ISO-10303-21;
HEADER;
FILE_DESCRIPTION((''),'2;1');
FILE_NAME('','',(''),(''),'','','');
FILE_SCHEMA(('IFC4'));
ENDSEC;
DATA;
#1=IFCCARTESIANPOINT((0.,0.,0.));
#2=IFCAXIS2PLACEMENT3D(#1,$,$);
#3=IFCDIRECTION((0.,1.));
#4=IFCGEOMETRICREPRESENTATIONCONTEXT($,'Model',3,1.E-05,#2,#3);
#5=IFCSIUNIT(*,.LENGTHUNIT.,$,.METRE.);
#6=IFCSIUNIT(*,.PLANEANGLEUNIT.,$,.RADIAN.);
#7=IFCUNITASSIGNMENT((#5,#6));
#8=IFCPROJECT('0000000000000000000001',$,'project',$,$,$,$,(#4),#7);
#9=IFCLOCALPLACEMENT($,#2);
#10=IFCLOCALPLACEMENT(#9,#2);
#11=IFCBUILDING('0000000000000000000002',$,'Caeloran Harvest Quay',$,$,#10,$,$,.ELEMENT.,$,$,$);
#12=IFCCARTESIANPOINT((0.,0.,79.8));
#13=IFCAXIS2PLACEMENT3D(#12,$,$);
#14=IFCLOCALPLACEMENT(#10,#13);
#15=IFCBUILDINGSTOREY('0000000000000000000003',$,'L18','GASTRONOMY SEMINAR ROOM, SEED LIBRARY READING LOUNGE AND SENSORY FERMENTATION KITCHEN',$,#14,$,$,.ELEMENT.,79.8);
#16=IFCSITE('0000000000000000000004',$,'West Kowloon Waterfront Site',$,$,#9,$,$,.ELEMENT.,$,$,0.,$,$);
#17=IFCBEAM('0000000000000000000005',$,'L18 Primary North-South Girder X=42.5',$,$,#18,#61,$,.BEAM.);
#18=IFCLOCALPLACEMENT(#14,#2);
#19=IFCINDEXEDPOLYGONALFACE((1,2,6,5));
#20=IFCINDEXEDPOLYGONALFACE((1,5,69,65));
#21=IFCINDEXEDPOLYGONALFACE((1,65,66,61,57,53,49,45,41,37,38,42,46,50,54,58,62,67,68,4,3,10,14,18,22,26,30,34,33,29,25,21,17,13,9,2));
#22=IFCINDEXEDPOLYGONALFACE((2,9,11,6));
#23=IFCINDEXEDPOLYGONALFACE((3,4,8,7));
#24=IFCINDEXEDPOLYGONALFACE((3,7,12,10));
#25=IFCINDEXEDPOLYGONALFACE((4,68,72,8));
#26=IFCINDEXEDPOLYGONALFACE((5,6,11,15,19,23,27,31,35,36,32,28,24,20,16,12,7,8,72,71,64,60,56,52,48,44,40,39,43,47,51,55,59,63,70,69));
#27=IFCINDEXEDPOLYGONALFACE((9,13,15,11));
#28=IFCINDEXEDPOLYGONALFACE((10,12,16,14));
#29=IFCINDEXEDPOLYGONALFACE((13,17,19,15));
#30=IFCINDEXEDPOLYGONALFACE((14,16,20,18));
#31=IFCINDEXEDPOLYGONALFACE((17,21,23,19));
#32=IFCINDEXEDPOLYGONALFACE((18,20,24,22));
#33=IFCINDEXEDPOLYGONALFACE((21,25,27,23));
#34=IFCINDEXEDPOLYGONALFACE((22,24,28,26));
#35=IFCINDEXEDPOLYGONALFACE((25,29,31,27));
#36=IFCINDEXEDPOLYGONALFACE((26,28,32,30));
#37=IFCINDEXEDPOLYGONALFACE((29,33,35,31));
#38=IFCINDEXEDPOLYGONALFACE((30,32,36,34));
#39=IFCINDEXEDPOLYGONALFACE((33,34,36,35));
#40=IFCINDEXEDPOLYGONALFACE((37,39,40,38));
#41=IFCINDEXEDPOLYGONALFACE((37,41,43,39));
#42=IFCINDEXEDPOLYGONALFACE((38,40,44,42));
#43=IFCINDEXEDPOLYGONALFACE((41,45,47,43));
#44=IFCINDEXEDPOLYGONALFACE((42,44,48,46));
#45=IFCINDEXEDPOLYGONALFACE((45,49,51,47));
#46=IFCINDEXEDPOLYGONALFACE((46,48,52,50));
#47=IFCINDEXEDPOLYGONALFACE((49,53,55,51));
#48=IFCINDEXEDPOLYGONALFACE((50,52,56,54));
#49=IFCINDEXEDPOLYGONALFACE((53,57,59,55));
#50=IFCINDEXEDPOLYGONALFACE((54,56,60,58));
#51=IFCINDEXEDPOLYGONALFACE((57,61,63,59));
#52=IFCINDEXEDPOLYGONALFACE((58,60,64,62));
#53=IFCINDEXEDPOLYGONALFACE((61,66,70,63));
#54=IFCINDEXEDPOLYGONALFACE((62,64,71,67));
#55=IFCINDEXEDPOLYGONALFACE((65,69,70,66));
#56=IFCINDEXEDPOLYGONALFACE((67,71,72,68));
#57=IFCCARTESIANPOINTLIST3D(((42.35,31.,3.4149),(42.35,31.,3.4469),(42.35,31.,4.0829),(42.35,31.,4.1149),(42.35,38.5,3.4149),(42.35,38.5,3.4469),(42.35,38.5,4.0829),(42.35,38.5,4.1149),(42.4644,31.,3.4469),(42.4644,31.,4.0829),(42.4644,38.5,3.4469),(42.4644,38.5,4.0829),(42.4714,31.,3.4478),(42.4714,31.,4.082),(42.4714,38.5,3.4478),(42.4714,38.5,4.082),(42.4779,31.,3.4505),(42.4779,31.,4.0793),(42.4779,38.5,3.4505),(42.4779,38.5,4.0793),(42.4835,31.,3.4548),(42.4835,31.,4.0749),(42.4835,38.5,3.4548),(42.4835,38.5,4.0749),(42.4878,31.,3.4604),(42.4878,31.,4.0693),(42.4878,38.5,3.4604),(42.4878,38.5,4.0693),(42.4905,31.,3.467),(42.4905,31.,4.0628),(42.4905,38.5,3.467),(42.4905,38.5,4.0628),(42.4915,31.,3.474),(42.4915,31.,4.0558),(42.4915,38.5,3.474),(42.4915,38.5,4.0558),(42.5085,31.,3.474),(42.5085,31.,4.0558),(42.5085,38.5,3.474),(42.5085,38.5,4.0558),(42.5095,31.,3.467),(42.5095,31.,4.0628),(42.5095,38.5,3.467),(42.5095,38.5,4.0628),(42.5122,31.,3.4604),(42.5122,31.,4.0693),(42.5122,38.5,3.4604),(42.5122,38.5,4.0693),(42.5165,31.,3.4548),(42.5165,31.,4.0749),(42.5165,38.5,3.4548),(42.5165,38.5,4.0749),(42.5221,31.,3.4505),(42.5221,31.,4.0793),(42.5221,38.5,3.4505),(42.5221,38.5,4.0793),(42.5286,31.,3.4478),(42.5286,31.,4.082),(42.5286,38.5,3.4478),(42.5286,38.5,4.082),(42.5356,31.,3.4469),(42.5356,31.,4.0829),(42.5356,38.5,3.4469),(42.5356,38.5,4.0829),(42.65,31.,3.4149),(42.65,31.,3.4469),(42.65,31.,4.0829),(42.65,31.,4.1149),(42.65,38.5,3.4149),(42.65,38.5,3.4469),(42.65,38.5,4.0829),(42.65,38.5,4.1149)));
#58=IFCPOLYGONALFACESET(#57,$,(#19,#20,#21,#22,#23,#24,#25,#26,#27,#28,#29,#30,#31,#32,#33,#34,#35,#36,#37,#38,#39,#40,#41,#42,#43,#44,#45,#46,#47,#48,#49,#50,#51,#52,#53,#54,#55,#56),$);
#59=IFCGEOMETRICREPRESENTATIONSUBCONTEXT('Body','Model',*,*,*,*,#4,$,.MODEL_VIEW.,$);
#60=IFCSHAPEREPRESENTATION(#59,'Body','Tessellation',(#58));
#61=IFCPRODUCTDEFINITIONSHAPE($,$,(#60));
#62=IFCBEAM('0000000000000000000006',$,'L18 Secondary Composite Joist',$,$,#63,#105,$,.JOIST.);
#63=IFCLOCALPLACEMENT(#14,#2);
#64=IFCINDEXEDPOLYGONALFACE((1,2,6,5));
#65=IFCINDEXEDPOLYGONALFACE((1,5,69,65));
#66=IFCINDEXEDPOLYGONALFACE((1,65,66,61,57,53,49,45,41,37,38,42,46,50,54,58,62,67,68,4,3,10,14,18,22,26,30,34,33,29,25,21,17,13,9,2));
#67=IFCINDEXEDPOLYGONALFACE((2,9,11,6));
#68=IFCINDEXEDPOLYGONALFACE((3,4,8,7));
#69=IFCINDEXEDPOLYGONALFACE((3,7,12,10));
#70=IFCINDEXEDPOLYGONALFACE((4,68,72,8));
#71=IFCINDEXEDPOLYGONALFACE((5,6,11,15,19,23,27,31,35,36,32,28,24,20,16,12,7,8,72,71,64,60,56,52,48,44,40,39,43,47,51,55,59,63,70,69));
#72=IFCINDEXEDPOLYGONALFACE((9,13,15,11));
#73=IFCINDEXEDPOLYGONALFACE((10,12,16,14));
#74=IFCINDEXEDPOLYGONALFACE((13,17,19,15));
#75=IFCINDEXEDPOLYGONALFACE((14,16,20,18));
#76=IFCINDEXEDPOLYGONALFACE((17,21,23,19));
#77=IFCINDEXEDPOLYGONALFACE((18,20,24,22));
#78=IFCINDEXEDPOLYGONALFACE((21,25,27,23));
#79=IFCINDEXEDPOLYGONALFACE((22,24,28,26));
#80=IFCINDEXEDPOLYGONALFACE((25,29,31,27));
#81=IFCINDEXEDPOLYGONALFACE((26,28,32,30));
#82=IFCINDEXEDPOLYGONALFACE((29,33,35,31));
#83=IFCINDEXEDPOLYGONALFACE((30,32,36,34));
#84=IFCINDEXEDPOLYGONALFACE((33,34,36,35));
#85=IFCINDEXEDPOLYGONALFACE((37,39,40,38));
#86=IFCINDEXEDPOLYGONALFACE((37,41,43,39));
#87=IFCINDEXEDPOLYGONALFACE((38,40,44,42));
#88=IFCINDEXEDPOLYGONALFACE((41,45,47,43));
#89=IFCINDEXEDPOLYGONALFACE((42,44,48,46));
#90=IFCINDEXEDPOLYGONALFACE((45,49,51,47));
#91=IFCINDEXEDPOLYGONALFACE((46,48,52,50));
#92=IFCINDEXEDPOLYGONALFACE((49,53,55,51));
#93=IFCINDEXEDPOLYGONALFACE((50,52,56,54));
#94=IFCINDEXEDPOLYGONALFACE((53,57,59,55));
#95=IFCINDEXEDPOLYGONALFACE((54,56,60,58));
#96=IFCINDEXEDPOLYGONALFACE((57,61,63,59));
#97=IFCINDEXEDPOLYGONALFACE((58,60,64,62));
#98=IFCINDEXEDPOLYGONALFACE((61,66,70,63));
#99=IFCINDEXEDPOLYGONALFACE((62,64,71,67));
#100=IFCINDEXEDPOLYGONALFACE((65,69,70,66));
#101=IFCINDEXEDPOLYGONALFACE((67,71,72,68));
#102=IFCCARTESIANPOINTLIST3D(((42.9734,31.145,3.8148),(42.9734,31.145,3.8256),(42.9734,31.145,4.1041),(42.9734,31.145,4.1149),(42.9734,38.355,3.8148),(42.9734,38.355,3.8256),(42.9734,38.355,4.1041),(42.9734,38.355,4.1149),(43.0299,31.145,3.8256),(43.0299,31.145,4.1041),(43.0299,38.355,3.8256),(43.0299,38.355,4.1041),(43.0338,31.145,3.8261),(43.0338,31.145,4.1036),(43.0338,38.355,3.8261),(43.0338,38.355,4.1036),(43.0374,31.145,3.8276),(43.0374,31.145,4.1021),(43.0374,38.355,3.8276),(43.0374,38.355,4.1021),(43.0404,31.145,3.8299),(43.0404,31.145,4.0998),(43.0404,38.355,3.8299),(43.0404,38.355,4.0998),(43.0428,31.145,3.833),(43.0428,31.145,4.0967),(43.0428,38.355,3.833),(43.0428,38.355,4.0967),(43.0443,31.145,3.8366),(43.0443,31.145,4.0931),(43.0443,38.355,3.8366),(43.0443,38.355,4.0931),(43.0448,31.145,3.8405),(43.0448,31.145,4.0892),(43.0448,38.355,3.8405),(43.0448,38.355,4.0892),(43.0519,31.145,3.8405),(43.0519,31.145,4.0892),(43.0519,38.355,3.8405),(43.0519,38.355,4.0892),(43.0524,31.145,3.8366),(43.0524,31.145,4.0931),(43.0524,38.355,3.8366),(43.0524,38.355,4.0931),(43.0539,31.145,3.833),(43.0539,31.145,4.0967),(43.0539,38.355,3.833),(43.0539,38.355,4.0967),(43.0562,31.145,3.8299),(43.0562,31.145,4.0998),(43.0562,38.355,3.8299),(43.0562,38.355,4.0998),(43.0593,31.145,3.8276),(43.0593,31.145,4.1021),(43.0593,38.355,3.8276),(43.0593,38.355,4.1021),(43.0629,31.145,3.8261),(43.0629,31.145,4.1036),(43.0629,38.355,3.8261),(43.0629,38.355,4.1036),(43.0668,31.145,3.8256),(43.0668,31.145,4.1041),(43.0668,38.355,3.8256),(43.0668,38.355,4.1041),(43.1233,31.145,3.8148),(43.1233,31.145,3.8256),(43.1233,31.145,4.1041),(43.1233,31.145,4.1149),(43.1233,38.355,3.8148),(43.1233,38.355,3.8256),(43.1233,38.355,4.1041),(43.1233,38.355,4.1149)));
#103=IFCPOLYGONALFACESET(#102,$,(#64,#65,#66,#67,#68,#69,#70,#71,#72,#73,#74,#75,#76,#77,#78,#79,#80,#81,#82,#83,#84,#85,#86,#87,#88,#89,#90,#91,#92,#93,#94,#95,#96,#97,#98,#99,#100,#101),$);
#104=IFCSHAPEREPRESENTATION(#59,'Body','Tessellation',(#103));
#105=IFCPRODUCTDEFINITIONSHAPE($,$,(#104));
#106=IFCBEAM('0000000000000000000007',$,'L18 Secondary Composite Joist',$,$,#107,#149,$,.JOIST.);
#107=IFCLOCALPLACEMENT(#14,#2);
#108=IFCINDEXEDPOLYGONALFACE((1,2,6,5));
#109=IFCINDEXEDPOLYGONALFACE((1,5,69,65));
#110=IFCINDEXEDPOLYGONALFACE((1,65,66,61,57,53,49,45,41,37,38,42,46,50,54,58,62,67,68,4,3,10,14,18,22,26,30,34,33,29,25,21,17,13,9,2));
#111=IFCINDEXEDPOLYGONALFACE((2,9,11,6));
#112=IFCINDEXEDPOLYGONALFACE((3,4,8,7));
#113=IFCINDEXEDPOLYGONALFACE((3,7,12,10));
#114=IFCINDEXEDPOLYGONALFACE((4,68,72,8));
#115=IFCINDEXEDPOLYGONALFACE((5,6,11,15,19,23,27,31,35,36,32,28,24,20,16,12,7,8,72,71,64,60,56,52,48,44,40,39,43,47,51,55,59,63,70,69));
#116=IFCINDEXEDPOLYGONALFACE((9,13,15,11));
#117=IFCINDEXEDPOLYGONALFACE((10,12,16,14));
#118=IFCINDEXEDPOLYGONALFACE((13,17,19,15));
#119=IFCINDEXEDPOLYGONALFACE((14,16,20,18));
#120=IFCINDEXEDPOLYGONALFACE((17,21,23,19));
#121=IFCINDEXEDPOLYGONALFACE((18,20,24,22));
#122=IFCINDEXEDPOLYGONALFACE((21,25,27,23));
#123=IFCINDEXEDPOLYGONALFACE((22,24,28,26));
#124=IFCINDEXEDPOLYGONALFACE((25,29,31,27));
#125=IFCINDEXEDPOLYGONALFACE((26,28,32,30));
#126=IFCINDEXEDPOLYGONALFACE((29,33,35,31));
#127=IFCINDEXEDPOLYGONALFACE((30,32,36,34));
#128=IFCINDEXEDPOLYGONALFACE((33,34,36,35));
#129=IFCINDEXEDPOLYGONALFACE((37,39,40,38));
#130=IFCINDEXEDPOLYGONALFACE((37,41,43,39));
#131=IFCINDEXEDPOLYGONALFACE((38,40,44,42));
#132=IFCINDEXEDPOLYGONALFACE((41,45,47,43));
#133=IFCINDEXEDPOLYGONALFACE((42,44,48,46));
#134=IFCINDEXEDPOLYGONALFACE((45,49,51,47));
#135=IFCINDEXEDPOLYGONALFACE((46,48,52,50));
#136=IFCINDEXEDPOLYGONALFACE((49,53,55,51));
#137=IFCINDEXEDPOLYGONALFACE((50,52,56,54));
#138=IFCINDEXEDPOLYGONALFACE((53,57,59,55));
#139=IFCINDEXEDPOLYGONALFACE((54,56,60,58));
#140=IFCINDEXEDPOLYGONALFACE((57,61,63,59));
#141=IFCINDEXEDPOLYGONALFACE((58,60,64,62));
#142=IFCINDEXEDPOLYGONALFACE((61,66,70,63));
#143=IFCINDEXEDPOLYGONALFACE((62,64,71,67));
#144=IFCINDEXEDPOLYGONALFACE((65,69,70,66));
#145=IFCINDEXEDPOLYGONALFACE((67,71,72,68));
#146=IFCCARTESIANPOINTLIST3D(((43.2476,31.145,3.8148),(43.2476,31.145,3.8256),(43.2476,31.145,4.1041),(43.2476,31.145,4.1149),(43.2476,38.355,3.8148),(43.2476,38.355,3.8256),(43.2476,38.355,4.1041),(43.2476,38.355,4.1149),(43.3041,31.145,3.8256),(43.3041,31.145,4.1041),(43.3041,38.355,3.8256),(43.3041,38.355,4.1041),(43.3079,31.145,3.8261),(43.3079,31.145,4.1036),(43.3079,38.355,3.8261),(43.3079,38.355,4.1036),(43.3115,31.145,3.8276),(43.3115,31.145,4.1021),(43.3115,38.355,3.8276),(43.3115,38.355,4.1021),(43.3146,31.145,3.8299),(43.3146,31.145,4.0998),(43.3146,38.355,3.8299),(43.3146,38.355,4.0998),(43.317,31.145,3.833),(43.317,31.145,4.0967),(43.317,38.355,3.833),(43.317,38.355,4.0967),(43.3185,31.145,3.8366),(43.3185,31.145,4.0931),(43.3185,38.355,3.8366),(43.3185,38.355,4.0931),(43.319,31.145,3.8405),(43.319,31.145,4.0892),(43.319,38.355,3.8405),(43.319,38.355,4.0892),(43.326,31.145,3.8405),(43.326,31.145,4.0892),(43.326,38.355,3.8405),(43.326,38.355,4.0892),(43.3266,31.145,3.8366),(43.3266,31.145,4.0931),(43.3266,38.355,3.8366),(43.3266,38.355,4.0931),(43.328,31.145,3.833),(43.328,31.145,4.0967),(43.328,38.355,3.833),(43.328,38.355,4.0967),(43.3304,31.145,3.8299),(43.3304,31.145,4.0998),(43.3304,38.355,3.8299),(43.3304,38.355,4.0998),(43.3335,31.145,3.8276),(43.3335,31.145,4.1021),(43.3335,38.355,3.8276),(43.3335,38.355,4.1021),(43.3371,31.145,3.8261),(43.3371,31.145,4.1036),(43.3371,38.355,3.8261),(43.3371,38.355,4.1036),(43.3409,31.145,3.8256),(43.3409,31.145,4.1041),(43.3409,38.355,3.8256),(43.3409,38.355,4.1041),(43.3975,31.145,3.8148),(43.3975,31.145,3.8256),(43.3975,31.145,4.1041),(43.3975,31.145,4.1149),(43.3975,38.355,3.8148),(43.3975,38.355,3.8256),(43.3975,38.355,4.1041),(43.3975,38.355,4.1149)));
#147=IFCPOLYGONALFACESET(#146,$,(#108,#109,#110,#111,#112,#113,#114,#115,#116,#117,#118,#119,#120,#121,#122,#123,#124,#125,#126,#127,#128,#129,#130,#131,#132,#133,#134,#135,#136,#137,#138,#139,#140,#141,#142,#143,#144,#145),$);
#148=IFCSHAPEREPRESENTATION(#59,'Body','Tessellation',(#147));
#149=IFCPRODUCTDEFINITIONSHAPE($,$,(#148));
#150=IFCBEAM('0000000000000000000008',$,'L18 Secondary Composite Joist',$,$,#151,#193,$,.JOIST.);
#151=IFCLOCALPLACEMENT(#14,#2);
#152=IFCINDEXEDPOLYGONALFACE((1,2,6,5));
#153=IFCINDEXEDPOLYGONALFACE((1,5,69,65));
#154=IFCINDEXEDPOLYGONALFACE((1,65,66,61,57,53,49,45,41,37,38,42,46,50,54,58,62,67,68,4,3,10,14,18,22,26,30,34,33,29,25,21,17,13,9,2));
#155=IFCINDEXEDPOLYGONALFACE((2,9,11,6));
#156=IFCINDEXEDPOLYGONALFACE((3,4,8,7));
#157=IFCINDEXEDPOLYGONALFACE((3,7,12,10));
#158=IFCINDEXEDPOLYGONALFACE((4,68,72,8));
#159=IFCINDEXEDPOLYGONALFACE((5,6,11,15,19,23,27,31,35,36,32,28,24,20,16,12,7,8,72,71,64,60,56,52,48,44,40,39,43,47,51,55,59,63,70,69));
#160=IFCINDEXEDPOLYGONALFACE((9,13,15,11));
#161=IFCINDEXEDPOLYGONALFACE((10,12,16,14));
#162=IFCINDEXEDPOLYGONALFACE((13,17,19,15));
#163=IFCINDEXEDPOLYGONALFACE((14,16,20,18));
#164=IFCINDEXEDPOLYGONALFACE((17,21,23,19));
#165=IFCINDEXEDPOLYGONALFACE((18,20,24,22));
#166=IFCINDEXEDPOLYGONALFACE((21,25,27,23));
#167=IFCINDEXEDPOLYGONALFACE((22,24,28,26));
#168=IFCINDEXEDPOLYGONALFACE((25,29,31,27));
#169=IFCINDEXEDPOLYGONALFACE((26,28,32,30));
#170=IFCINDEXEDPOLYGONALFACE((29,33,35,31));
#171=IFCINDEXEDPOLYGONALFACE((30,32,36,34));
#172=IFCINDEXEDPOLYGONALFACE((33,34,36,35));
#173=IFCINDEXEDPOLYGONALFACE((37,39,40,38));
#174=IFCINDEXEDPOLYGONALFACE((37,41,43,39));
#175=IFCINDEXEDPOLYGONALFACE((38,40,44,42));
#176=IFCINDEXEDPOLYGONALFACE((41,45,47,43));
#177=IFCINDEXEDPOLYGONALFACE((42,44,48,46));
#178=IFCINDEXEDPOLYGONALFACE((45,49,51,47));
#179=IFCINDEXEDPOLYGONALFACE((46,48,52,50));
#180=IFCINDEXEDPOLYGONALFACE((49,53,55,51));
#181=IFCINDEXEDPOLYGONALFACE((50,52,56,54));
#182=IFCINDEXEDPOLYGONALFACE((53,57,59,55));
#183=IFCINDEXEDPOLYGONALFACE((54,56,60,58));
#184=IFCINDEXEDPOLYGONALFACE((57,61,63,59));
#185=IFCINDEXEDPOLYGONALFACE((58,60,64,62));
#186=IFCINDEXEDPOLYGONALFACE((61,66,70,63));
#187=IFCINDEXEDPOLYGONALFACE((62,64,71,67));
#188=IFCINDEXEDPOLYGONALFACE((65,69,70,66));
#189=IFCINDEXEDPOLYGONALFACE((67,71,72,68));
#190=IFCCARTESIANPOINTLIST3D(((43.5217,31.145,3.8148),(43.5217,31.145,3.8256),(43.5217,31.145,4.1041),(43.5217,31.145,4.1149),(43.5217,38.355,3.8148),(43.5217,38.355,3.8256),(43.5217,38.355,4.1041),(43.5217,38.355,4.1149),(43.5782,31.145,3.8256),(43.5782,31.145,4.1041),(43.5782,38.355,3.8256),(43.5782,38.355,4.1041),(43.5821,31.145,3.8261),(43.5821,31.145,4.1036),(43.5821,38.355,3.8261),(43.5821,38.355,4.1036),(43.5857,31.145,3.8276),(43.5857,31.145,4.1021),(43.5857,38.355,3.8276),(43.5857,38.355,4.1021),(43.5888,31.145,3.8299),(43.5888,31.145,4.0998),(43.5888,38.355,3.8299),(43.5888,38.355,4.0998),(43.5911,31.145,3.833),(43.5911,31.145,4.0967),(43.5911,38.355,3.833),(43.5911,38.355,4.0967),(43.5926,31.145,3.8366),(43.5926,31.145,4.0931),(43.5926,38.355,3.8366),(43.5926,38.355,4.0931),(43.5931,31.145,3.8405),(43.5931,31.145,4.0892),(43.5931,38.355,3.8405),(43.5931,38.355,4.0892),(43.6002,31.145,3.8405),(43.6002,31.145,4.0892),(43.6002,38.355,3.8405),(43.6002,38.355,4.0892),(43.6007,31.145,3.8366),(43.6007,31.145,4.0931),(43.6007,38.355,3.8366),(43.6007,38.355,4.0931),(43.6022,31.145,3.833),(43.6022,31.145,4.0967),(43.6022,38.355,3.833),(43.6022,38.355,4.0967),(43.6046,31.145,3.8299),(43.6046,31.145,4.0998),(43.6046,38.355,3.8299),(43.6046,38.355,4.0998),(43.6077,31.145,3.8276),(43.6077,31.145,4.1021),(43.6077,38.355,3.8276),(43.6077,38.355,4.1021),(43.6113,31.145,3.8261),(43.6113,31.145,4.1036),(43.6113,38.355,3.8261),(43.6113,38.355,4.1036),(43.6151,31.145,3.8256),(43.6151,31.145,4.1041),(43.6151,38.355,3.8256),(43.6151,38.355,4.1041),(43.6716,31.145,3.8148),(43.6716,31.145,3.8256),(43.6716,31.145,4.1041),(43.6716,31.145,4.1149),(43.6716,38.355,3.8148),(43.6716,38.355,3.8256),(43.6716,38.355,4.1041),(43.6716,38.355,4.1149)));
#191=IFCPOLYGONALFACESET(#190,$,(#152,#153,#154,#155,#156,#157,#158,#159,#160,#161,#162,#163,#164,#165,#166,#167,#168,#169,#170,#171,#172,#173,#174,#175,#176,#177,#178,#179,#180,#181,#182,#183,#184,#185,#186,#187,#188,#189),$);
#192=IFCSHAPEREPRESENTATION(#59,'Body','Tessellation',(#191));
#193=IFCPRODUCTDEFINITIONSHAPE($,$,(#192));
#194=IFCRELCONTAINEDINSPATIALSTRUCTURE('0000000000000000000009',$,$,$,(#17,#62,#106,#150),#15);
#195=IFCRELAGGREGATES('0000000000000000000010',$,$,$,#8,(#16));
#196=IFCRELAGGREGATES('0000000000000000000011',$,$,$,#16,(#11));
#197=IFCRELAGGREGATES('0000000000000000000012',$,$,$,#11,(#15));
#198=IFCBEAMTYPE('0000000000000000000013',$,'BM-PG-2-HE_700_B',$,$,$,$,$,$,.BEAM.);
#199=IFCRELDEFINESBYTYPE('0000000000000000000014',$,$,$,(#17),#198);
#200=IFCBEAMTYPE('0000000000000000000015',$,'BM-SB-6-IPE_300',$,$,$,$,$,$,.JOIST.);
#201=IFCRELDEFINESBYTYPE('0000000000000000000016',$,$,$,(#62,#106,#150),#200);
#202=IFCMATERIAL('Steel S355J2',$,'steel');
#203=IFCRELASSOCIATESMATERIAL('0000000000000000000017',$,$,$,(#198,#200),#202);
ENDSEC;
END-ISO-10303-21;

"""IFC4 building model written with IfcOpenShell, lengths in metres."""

from ifc_helpers import new_model, si_unit, direction, frame, origin, origin_2d, place, context, subcontext, project, spatial, i_section, extrude, material, material_profile, profile_set, type_object, element, save


model = new_model("IFC4")

# Units and contexts
model_context = context("Model", 3, precision=1e-05, world=origin(), true_north=direction((0.0, 1.0)))
body_context = subcontext(model_context, "Body", "Model", "MODEL_VIEW")
ifc_project = project(units=[si_unit("LENGTHUNIT", "METRE"), si_unit("PLANEANGLEUNIT", "RADIAN")], contexts=[model_context])

# Site, building, storey
site_placement = place(None, origin())
site = spatial("IfcSite", under=ifc_project, at=site_placement, Name="West Kowloon Waterfront Site", CompositionType="ELEMENT", RefElevation=0.0)
building_placement = place(site_placement, origin())
building = spatial("IfcBuilding", under=site, at=building_placement, Name="Caeloran Harvest Quay", CompositionType="ELEMENT")
storey_placement = place(building_placement, frame((0.0, 0.0, 79.8)))
storey = spatial("IfcBuildingStorey", under=building, at=storey_placement, Name="L18", Description="GASTRONOMY SEMINAR ROOM, SEED LIBRARY READING LOUNGE AND SENSORY FERMENTATION KITCHEN", CompositionType="ELEMENT", Elevation=79.8)

# Beams
ifc_material_1 = material(Name="Steel S355J2", Category="steel")
ifc_material_profile_1 = material_profile(ifc_material_1, i_section(OverallWidth=0.3, OverallDepth=0.7, WebThickness=0.0171, FlangeThickness=0.032, FilletRadius=0.0271, at=origin_2d()), Name="HE 700 B")
ifc_profile_set_1 = profile_set([ifc_material_profile_1], Name="Steel S355J2")
beam_type_1 = type_object("IfcBeamType", Name="BM-PG-2-HE_700_B", PredefinedType="BEAM", material=ifc_profile_set_1)
beam_placement = place(storey_placement, frame((42.5, 31.0, 3.7649), z_axis=(0.0, 1.0, 0.0), x_axis=(-1.0, 0.0, 0.0)))
element("IfcBeam", 1, at=beam_placement, inside=storey, type_object=beam_type_1, Name="L18 Primary North-South Girder X=42.5", PredefinedType="BEAM", context=body_context, shape_type="SweptSolid", body=[
    extrude(i_section(OverallWidth=0.3, OverallDepth=0.7, WebThickness=0.0171, FlangeThickness=0.032, FilletRadius=0.0271, at=origin_2d()), origin(), (0.0, 0.0, 1.0), 7.5),
])
ifc_material_profile_2 = material_profile(ifc_material_1, i_section(OverallWidth=0.1499, OverallDepth=0.3, WebThickness=0.0071, FlangeThickness=0.0107, FilletRadius=0.0149, at=origin_2d()), Name="IPE 300")
ifc_profile_set_2 = profile_set([ifc_material_profile_2], Name="Steel S355J2")
beam_type_2 = type_object("IfcBeamType", Name="BM-SB-6-IPE_300", PredefinedType="JOIST", material=ifc_profile_set_2)
for number, where, z_axis, x_axis, name in (
    (2, (43.0483, 31.145, 3.9648), (0.0, 1.0, 0.0), (-1.0, 0.0, 0.0), "L18 Secondary Composite Joist"),
    (3, (43.3225, 31.145, 3.9648), (0.0, 1.0, 0.0), (-1.0, 0.0, 0.0), "L18 Secondary Composite Joist"),
    (4, (43.5967, 31.145, 3.9648), (0.0, 1.0, 0.0), (-1.0, 0.0, 0.0), "L18 Secondary Composite Joist"),
):
    element("IfcBeam", number, at=place(storey_placement, frame(where, z_axis=z_axis, x_axis=x_axis)), inside=storey, type_object=beam_type_2, Name=name, PredefinedType="JOIST", context=body_context, shape_type="SweptSolid", body=[
        extrude(i_section(OverallWidth=0.1499, OverallDepth=0.3, WebThickness=0.0071, FlangeThickness=0.0107, FilletRadius=0.0149, at=origin_2d()), origin(), (0.0, 0.0, 1.0), 7.21),
    ])

save(model, "model.ifc")
